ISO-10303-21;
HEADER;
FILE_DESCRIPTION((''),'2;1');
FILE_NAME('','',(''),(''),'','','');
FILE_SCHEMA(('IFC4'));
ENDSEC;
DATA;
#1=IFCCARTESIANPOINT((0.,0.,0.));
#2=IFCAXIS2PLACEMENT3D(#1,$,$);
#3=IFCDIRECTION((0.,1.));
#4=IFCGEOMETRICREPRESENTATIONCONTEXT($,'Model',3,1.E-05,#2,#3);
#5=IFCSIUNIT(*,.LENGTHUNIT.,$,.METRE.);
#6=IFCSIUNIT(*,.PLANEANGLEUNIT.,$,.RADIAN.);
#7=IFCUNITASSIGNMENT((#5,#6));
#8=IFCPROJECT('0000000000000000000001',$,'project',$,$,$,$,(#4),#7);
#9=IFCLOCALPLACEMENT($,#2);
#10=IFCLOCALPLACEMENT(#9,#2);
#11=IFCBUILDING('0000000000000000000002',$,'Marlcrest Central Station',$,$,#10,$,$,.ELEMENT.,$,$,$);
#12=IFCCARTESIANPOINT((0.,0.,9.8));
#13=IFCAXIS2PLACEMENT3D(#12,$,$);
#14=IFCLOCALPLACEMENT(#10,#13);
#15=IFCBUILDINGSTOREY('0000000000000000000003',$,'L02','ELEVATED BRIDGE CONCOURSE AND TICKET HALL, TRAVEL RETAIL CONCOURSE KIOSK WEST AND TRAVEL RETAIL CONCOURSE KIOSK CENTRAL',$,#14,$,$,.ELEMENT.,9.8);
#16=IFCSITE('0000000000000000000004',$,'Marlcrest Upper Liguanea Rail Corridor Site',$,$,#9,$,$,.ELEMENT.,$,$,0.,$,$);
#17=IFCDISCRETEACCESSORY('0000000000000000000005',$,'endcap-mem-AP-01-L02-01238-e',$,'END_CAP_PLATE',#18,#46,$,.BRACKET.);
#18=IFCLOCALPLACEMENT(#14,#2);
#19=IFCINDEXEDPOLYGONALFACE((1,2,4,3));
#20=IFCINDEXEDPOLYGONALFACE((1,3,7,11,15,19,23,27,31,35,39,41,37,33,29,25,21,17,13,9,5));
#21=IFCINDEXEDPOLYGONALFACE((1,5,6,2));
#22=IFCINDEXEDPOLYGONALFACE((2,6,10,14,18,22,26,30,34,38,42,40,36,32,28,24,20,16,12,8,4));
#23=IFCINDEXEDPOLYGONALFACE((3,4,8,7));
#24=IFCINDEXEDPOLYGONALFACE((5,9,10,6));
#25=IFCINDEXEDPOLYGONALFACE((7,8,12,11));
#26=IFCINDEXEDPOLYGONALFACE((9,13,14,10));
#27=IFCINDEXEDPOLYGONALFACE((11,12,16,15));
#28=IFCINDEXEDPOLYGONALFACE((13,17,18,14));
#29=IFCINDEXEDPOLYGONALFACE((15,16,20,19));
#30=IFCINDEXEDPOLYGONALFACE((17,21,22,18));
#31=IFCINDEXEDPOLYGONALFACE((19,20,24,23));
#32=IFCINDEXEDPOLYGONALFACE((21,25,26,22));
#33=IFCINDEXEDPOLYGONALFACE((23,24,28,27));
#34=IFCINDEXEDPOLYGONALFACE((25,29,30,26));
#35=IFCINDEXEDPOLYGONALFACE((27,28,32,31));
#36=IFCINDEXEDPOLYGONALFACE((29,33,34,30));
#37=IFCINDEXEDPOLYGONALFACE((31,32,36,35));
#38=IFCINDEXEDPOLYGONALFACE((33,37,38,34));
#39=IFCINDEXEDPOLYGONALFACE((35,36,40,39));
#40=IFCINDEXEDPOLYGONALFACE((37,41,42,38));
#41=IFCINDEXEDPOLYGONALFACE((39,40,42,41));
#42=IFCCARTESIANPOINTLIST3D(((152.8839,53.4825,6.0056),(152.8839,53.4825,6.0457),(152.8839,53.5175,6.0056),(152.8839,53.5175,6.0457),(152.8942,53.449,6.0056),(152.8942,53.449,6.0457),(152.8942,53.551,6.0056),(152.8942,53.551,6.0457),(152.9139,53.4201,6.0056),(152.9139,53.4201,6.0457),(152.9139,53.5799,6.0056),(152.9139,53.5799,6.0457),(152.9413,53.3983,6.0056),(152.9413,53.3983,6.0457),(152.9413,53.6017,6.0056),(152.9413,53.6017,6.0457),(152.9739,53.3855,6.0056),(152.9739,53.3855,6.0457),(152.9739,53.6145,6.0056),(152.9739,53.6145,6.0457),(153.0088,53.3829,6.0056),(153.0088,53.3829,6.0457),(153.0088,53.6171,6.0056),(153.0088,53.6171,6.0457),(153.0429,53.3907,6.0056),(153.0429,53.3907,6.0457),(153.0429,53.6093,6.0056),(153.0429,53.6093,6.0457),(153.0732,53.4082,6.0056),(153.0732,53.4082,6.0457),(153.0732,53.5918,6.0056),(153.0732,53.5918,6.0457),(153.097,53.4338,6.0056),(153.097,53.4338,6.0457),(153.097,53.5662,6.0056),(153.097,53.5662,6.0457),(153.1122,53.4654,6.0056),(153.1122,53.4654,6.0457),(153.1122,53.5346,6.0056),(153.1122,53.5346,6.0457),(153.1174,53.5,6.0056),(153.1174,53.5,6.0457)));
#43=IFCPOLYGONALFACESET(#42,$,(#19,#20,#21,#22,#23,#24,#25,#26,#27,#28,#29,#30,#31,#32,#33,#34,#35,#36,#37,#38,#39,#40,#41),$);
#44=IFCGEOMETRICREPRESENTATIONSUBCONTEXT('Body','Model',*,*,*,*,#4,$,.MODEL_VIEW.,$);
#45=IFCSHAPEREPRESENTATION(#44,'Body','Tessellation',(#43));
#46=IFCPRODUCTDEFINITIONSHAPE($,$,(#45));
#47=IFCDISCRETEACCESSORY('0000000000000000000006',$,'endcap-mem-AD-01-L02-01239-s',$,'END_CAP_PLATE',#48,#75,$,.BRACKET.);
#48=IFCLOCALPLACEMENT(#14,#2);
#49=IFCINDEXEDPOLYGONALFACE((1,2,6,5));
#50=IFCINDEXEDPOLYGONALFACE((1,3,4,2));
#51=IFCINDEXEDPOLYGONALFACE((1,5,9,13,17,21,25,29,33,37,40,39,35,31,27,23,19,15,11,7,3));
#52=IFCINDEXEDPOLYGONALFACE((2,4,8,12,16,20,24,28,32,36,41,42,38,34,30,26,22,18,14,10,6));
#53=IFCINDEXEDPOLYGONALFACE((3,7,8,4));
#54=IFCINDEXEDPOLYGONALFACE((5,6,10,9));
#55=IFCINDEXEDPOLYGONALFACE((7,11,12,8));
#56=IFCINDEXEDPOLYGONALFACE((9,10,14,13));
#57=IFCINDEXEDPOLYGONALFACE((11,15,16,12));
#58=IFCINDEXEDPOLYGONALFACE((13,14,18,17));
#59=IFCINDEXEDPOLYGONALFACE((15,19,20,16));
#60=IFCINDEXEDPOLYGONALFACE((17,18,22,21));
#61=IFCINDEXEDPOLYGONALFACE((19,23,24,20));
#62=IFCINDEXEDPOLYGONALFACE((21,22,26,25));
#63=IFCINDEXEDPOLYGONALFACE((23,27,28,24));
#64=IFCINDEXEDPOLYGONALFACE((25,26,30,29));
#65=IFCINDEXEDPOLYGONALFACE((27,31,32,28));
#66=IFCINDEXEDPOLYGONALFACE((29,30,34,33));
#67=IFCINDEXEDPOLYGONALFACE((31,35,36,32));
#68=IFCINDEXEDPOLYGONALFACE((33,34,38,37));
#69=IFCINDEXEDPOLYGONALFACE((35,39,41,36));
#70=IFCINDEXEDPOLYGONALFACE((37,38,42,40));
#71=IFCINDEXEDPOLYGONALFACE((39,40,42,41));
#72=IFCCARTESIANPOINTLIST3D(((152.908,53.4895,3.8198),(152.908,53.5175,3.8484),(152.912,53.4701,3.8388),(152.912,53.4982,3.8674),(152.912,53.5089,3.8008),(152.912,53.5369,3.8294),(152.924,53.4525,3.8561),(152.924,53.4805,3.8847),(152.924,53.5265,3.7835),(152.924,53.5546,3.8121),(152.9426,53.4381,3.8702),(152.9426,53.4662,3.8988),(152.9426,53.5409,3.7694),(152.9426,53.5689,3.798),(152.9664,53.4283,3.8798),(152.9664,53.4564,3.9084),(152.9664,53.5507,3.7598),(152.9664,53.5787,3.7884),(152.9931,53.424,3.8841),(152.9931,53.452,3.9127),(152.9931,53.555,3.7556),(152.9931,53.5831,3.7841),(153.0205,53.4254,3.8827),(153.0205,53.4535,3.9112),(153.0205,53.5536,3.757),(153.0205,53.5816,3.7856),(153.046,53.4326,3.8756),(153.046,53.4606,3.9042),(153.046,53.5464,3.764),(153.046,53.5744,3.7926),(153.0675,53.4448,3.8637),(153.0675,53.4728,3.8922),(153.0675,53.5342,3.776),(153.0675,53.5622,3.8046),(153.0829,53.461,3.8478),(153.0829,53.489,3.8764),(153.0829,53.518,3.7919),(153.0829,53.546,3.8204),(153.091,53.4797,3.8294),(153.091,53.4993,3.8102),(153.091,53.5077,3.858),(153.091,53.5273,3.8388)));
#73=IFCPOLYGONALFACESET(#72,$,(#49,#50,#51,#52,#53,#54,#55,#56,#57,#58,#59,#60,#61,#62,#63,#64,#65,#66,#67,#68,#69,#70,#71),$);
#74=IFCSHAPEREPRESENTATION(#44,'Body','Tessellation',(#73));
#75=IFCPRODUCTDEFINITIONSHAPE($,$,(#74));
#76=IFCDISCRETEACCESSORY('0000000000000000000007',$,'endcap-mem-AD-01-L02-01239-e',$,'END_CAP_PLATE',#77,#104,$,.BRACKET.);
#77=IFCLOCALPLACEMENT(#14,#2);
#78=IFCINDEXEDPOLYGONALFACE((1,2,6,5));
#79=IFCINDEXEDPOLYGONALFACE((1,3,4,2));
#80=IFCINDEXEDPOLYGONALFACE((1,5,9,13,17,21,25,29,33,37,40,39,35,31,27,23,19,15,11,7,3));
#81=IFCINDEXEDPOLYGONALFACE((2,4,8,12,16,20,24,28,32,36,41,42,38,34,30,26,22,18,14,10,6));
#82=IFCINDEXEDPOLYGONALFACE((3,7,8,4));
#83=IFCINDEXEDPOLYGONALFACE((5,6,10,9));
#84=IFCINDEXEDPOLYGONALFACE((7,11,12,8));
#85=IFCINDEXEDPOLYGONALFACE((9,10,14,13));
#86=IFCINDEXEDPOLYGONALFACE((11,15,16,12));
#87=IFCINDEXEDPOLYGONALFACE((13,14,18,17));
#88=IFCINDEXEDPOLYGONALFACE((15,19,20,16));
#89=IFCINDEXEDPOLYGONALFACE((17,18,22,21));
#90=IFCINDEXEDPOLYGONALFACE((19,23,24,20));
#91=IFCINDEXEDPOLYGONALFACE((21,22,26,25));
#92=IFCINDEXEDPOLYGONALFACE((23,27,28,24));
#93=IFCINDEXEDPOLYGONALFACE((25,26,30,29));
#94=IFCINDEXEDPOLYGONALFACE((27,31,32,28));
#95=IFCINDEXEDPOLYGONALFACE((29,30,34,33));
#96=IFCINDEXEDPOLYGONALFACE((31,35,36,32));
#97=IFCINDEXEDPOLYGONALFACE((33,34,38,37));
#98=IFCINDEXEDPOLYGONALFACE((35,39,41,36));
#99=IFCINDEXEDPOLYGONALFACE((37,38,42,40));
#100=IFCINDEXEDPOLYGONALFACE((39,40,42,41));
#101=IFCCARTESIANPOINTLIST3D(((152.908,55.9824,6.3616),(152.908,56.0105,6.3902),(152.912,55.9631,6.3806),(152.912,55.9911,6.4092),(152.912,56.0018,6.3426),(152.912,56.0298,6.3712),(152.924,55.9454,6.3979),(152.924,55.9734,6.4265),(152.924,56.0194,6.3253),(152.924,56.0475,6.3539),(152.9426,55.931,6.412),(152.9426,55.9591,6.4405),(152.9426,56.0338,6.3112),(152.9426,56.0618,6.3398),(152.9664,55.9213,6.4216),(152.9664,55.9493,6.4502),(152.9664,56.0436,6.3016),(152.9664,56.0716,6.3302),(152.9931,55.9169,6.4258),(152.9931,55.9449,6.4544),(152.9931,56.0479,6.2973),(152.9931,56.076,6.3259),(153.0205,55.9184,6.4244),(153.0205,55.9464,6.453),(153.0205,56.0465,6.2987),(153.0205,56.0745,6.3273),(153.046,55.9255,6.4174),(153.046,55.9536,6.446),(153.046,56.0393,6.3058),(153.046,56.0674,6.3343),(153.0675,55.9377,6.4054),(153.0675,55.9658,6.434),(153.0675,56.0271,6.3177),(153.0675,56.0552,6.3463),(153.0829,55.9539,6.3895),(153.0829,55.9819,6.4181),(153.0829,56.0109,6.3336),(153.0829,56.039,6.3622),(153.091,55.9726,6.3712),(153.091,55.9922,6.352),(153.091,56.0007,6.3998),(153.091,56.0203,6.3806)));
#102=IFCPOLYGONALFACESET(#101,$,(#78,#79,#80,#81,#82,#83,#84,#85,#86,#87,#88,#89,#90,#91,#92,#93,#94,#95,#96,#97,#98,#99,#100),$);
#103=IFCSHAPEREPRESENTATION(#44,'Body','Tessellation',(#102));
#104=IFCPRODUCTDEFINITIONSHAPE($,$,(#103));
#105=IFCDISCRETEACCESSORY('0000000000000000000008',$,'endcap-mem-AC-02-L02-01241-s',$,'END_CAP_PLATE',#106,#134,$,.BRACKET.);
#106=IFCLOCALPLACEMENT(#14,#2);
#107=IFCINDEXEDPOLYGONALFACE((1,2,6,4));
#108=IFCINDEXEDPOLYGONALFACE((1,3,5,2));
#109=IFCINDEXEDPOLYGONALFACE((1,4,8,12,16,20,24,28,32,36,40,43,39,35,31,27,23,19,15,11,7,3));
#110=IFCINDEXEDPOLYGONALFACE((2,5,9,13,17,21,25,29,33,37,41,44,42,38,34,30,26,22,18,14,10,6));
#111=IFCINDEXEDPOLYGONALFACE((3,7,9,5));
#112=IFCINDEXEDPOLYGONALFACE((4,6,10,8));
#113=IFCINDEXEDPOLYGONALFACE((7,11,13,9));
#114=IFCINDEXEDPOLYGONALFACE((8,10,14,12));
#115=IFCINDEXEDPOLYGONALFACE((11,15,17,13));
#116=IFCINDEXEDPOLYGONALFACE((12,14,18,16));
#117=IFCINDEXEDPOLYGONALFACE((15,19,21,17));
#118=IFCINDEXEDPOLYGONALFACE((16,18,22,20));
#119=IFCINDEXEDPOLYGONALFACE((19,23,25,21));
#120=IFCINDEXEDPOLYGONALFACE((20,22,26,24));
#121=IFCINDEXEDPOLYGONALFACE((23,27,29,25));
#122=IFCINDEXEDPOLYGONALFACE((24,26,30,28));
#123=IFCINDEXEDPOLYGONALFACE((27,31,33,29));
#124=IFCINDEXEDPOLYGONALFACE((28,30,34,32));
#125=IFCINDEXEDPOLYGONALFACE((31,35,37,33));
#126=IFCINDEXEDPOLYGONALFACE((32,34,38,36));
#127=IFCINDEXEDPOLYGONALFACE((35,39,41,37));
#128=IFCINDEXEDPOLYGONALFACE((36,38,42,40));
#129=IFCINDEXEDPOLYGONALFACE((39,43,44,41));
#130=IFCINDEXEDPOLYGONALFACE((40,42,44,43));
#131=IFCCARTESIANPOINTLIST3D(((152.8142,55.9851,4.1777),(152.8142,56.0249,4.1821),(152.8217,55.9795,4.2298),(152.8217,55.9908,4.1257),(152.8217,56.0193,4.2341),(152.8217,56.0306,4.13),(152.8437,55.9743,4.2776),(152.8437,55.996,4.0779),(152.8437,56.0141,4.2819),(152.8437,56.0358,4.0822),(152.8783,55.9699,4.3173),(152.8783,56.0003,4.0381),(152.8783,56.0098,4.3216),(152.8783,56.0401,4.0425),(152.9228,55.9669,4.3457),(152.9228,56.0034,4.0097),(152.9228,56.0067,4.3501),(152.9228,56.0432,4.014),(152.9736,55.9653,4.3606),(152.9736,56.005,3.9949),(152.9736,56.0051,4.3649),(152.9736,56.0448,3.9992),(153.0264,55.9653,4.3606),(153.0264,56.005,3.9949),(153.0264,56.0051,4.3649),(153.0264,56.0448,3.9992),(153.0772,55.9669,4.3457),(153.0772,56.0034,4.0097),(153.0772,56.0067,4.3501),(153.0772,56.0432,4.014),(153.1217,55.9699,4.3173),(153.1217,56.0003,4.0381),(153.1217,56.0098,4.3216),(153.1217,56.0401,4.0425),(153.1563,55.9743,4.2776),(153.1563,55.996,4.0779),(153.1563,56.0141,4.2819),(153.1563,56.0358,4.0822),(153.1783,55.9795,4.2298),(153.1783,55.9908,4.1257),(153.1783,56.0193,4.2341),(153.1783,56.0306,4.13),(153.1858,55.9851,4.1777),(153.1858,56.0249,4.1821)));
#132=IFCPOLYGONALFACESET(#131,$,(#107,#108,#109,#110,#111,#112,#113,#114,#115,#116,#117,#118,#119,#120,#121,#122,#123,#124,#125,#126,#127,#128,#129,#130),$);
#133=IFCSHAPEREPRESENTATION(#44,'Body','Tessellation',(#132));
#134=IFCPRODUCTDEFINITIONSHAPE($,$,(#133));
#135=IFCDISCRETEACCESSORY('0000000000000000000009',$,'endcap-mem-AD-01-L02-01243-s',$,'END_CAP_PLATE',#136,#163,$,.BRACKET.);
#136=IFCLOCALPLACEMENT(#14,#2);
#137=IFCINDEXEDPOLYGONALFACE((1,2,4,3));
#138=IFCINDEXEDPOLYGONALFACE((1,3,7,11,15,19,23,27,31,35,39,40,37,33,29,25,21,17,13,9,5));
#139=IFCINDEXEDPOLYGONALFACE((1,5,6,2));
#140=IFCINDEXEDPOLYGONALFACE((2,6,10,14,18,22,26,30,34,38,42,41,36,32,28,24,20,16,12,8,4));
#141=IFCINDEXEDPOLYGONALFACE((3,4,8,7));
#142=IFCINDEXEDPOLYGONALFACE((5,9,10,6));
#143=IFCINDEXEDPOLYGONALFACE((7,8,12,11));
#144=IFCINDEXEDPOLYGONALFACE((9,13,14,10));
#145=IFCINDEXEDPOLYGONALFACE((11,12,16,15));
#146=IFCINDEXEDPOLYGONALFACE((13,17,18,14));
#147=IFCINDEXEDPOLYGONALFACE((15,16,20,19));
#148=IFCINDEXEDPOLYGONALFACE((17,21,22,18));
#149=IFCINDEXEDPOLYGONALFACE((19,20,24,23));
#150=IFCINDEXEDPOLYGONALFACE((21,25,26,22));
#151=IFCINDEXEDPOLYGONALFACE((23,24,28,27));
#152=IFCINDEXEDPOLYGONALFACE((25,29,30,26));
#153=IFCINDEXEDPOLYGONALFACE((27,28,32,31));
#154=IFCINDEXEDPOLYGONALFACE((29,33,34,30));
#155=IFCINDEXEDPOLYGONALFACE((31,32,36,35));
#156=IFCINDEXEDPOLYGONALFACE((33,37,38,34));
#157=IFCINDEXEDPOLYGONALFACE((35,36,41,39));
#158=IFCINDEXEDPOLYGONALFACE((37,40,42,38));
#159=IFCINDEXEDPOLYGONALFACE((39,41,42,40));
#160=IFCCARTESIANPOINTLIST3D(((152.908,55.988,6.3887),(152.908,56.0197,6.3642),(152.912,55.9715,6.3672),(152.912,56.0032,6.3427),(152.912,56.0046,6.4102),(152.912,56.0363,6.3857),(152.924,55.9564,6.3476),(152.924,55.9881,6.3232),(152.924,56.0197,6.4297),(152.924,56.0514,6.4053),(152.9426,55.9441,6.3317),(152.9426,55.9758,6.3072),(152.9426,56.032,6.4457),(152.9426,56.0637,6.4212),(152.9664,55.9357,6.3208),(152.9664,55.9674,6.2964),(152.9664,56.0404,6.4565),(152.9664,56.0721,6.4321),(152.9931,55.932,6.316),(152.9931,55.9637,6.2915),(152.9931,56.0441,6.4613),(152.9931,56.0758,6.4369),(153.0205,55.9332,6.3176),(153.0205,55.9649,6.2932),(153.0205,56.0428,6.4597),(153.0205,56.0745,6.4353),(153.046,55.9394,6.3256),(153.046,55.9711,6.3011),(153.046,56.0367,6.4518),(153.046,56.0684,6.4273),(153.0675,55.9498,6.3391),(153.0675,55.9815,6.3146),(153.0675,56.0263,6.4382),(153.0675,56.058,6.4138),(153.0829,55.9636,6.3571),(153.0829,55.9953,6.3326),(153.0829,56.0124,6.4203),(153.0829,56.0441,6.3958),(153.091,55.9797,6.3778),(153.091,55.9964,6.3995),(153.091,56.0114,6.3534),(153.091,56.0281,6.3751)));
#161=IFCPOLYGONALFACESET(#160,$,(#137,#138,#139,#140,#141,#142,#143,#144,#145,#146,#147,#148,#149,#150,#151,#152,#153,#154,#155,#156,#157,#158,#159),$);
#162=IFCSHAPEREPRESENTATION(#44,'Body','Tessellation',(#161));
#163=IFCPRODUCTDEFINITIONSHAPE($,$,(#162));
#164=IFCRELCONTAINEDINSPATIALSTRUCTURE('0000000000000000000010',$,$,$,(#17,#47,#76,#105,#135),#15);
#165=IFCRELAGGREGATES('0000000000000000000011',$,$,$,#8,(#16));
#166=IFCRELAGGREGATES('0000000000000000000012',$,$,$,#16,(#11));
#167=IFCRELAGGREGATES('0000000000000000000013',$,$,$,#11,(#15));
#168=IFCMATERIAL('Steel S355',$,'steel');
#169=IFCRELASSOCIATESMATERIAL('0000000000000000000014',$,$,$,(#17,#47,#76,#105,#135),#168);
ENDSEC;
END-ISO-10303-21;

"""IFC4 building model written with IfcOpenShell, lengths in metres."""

from ifc_helpers import new_model, si_unit, direction, frame, origin, origin_2d, place, context, subcontext, project, spatial, circle, extrude, material, element, save


model = new_model("IFC4")

# Units and contexts
model_context = context("Model", 3, precision=1e-05, world=origin(), true_north=direction((0.0, 1.0)))
body_context = subcontext(model_context, "Body", "Model", "MODEL_VIEW")
ifc_project = project(units=[si_unit("LENGTHUNIT", "METRE"), si_unit("PLANEANGLEUNIT", "RADIAN")], contexts=[model_context])

# Site, building, storey
site_placement = place(None, origin())
site = spatial("IfcSite", under=ifc_project, at=site_placement, Name="Marlcrest Upper Liguanea Rail Corridor Site", CompositionType="ELEMENT", RefElevation=0.0)
building_placement = place(site_placement, origin())
building = spatial("IfcBuilding", under=site, at=building_placement, Name="Marlcrest Central Station", CompositionType="ELEMENT")
storey_placement = place(building_placement, frame((0.0, 0.0, 9.8)))
storey = spatial("IfcBuildingStorey", under=building, at=storey_placement, Name="L02", Description="ELEVATED BRIDGE CONCOURSE AND TICKET HALL, TRAVEL RETAIL CONCOURSE KIOSK WEST AND TRAVEL RETAIL CONCOURSE KIOSK CENTRAL", CompositionType="ELEMENT", Elevation=9.8)

# Shared definitions
ifc_material = material(Name="Steel S355", Category="steel")

# Discrete accessories
for number, where, z_axis, x_axis, name in (
    (1, (153.0, 53.5, 6.0056), (0.0, 0.0, 1.0), (1.0, 0.0, 0.0), "endcap-mem-AP-01-L02-01238-e"),
):
    element("IfcDiscreteAccessory", number, at=place(storey_placement, frame(where, z_axis=z_axis, x_axis=x_axis)), inside=storey, material=ifc_material, Name=name, ObjectType="END_CAP_PLATE", PredefinedType="BRACKET", context=body_context, shape_type="SweptSolid", body=[
        extrude(circle(Radius=0.1174, at=origin_2d()), origin(), (0.0, 0.0, 1.0), 0.04),
    ])
for number, where, z_axis, x_axis, name in (
    (2, (153.0, 53.4895, 3.8198), (0.0, 0.700235, 0.713912), (-1.0, 0.0, 0.0), "endcap-mem-AD-01-L02-01239-s"),
    (3, (153.0, 55.9824, 6.3616), (0.0, 0.700235, 0.713912), (-1.0, 0.0, 0.0), "endcap-mem-AD-01-L02-01239-e"),
):
    element("IfcDiscreteAccessory", number, at=place(storey_placement, frame(where, z_axis=z_axis, x_axis=x_axis)), inside=storey, material=ifc_material, Name=name, ObjectType="END_CAP_PLATE", PredefinedType="BRACKET", context=body_context, shape_type="SweptSolid", body=[
        extrude(circle(Radius=0.092, at=origin_2d()), origin(), (0.0, 0.0, 1.0), 0.04),
    ])
discrete_accessory_1_placement = place(storey_placement, frame((153.0, 55.9851, 4.1777), z_axis=(0.0, 0.994155, 0.107959), x_axis=(-1.0, 0.0, 0.0)))
element("IfcDiscreteAccessory", 4, at=discrete_accessory_1_placement, inside=storey, material=ifc_material, Name="endcap-mem-AC-02-L02-01241-s", ObjectType="END_CAP_PLATE", PredefinedType="BRACKET", context=body_context, shape_type="SweptSolid", body=[
    extrude(circle(Radius=0.1858, at=origin_2d()), origin(), (0.0, 0.0, 1.0), 0.04),
])
discrete_accessory_2_placement = place(storey_placement, frame((153.0, 55.988, 6.3887), z_axis=(0.0, 0.791798, -0.610783), x_axis=(-1.0, 0.0, 0.0)))
element("IfcDiscreteAccessory", 5, at=discrete_accessory_2_placement, inside=storey, material=ifc_material, Name="endcap-mem-AD-01-L02-01243-s", ObjectType="END_CAP_PLATE", PredefinedType="BRACKET", context=body_context, shape_type="SweptSolid", body=[
    extrude(circle(Radius=0.092, at=origin_2d()), origin(), (0.0, 0.0, 1.0), 0.04),
])

save(model, "model.ifc")
